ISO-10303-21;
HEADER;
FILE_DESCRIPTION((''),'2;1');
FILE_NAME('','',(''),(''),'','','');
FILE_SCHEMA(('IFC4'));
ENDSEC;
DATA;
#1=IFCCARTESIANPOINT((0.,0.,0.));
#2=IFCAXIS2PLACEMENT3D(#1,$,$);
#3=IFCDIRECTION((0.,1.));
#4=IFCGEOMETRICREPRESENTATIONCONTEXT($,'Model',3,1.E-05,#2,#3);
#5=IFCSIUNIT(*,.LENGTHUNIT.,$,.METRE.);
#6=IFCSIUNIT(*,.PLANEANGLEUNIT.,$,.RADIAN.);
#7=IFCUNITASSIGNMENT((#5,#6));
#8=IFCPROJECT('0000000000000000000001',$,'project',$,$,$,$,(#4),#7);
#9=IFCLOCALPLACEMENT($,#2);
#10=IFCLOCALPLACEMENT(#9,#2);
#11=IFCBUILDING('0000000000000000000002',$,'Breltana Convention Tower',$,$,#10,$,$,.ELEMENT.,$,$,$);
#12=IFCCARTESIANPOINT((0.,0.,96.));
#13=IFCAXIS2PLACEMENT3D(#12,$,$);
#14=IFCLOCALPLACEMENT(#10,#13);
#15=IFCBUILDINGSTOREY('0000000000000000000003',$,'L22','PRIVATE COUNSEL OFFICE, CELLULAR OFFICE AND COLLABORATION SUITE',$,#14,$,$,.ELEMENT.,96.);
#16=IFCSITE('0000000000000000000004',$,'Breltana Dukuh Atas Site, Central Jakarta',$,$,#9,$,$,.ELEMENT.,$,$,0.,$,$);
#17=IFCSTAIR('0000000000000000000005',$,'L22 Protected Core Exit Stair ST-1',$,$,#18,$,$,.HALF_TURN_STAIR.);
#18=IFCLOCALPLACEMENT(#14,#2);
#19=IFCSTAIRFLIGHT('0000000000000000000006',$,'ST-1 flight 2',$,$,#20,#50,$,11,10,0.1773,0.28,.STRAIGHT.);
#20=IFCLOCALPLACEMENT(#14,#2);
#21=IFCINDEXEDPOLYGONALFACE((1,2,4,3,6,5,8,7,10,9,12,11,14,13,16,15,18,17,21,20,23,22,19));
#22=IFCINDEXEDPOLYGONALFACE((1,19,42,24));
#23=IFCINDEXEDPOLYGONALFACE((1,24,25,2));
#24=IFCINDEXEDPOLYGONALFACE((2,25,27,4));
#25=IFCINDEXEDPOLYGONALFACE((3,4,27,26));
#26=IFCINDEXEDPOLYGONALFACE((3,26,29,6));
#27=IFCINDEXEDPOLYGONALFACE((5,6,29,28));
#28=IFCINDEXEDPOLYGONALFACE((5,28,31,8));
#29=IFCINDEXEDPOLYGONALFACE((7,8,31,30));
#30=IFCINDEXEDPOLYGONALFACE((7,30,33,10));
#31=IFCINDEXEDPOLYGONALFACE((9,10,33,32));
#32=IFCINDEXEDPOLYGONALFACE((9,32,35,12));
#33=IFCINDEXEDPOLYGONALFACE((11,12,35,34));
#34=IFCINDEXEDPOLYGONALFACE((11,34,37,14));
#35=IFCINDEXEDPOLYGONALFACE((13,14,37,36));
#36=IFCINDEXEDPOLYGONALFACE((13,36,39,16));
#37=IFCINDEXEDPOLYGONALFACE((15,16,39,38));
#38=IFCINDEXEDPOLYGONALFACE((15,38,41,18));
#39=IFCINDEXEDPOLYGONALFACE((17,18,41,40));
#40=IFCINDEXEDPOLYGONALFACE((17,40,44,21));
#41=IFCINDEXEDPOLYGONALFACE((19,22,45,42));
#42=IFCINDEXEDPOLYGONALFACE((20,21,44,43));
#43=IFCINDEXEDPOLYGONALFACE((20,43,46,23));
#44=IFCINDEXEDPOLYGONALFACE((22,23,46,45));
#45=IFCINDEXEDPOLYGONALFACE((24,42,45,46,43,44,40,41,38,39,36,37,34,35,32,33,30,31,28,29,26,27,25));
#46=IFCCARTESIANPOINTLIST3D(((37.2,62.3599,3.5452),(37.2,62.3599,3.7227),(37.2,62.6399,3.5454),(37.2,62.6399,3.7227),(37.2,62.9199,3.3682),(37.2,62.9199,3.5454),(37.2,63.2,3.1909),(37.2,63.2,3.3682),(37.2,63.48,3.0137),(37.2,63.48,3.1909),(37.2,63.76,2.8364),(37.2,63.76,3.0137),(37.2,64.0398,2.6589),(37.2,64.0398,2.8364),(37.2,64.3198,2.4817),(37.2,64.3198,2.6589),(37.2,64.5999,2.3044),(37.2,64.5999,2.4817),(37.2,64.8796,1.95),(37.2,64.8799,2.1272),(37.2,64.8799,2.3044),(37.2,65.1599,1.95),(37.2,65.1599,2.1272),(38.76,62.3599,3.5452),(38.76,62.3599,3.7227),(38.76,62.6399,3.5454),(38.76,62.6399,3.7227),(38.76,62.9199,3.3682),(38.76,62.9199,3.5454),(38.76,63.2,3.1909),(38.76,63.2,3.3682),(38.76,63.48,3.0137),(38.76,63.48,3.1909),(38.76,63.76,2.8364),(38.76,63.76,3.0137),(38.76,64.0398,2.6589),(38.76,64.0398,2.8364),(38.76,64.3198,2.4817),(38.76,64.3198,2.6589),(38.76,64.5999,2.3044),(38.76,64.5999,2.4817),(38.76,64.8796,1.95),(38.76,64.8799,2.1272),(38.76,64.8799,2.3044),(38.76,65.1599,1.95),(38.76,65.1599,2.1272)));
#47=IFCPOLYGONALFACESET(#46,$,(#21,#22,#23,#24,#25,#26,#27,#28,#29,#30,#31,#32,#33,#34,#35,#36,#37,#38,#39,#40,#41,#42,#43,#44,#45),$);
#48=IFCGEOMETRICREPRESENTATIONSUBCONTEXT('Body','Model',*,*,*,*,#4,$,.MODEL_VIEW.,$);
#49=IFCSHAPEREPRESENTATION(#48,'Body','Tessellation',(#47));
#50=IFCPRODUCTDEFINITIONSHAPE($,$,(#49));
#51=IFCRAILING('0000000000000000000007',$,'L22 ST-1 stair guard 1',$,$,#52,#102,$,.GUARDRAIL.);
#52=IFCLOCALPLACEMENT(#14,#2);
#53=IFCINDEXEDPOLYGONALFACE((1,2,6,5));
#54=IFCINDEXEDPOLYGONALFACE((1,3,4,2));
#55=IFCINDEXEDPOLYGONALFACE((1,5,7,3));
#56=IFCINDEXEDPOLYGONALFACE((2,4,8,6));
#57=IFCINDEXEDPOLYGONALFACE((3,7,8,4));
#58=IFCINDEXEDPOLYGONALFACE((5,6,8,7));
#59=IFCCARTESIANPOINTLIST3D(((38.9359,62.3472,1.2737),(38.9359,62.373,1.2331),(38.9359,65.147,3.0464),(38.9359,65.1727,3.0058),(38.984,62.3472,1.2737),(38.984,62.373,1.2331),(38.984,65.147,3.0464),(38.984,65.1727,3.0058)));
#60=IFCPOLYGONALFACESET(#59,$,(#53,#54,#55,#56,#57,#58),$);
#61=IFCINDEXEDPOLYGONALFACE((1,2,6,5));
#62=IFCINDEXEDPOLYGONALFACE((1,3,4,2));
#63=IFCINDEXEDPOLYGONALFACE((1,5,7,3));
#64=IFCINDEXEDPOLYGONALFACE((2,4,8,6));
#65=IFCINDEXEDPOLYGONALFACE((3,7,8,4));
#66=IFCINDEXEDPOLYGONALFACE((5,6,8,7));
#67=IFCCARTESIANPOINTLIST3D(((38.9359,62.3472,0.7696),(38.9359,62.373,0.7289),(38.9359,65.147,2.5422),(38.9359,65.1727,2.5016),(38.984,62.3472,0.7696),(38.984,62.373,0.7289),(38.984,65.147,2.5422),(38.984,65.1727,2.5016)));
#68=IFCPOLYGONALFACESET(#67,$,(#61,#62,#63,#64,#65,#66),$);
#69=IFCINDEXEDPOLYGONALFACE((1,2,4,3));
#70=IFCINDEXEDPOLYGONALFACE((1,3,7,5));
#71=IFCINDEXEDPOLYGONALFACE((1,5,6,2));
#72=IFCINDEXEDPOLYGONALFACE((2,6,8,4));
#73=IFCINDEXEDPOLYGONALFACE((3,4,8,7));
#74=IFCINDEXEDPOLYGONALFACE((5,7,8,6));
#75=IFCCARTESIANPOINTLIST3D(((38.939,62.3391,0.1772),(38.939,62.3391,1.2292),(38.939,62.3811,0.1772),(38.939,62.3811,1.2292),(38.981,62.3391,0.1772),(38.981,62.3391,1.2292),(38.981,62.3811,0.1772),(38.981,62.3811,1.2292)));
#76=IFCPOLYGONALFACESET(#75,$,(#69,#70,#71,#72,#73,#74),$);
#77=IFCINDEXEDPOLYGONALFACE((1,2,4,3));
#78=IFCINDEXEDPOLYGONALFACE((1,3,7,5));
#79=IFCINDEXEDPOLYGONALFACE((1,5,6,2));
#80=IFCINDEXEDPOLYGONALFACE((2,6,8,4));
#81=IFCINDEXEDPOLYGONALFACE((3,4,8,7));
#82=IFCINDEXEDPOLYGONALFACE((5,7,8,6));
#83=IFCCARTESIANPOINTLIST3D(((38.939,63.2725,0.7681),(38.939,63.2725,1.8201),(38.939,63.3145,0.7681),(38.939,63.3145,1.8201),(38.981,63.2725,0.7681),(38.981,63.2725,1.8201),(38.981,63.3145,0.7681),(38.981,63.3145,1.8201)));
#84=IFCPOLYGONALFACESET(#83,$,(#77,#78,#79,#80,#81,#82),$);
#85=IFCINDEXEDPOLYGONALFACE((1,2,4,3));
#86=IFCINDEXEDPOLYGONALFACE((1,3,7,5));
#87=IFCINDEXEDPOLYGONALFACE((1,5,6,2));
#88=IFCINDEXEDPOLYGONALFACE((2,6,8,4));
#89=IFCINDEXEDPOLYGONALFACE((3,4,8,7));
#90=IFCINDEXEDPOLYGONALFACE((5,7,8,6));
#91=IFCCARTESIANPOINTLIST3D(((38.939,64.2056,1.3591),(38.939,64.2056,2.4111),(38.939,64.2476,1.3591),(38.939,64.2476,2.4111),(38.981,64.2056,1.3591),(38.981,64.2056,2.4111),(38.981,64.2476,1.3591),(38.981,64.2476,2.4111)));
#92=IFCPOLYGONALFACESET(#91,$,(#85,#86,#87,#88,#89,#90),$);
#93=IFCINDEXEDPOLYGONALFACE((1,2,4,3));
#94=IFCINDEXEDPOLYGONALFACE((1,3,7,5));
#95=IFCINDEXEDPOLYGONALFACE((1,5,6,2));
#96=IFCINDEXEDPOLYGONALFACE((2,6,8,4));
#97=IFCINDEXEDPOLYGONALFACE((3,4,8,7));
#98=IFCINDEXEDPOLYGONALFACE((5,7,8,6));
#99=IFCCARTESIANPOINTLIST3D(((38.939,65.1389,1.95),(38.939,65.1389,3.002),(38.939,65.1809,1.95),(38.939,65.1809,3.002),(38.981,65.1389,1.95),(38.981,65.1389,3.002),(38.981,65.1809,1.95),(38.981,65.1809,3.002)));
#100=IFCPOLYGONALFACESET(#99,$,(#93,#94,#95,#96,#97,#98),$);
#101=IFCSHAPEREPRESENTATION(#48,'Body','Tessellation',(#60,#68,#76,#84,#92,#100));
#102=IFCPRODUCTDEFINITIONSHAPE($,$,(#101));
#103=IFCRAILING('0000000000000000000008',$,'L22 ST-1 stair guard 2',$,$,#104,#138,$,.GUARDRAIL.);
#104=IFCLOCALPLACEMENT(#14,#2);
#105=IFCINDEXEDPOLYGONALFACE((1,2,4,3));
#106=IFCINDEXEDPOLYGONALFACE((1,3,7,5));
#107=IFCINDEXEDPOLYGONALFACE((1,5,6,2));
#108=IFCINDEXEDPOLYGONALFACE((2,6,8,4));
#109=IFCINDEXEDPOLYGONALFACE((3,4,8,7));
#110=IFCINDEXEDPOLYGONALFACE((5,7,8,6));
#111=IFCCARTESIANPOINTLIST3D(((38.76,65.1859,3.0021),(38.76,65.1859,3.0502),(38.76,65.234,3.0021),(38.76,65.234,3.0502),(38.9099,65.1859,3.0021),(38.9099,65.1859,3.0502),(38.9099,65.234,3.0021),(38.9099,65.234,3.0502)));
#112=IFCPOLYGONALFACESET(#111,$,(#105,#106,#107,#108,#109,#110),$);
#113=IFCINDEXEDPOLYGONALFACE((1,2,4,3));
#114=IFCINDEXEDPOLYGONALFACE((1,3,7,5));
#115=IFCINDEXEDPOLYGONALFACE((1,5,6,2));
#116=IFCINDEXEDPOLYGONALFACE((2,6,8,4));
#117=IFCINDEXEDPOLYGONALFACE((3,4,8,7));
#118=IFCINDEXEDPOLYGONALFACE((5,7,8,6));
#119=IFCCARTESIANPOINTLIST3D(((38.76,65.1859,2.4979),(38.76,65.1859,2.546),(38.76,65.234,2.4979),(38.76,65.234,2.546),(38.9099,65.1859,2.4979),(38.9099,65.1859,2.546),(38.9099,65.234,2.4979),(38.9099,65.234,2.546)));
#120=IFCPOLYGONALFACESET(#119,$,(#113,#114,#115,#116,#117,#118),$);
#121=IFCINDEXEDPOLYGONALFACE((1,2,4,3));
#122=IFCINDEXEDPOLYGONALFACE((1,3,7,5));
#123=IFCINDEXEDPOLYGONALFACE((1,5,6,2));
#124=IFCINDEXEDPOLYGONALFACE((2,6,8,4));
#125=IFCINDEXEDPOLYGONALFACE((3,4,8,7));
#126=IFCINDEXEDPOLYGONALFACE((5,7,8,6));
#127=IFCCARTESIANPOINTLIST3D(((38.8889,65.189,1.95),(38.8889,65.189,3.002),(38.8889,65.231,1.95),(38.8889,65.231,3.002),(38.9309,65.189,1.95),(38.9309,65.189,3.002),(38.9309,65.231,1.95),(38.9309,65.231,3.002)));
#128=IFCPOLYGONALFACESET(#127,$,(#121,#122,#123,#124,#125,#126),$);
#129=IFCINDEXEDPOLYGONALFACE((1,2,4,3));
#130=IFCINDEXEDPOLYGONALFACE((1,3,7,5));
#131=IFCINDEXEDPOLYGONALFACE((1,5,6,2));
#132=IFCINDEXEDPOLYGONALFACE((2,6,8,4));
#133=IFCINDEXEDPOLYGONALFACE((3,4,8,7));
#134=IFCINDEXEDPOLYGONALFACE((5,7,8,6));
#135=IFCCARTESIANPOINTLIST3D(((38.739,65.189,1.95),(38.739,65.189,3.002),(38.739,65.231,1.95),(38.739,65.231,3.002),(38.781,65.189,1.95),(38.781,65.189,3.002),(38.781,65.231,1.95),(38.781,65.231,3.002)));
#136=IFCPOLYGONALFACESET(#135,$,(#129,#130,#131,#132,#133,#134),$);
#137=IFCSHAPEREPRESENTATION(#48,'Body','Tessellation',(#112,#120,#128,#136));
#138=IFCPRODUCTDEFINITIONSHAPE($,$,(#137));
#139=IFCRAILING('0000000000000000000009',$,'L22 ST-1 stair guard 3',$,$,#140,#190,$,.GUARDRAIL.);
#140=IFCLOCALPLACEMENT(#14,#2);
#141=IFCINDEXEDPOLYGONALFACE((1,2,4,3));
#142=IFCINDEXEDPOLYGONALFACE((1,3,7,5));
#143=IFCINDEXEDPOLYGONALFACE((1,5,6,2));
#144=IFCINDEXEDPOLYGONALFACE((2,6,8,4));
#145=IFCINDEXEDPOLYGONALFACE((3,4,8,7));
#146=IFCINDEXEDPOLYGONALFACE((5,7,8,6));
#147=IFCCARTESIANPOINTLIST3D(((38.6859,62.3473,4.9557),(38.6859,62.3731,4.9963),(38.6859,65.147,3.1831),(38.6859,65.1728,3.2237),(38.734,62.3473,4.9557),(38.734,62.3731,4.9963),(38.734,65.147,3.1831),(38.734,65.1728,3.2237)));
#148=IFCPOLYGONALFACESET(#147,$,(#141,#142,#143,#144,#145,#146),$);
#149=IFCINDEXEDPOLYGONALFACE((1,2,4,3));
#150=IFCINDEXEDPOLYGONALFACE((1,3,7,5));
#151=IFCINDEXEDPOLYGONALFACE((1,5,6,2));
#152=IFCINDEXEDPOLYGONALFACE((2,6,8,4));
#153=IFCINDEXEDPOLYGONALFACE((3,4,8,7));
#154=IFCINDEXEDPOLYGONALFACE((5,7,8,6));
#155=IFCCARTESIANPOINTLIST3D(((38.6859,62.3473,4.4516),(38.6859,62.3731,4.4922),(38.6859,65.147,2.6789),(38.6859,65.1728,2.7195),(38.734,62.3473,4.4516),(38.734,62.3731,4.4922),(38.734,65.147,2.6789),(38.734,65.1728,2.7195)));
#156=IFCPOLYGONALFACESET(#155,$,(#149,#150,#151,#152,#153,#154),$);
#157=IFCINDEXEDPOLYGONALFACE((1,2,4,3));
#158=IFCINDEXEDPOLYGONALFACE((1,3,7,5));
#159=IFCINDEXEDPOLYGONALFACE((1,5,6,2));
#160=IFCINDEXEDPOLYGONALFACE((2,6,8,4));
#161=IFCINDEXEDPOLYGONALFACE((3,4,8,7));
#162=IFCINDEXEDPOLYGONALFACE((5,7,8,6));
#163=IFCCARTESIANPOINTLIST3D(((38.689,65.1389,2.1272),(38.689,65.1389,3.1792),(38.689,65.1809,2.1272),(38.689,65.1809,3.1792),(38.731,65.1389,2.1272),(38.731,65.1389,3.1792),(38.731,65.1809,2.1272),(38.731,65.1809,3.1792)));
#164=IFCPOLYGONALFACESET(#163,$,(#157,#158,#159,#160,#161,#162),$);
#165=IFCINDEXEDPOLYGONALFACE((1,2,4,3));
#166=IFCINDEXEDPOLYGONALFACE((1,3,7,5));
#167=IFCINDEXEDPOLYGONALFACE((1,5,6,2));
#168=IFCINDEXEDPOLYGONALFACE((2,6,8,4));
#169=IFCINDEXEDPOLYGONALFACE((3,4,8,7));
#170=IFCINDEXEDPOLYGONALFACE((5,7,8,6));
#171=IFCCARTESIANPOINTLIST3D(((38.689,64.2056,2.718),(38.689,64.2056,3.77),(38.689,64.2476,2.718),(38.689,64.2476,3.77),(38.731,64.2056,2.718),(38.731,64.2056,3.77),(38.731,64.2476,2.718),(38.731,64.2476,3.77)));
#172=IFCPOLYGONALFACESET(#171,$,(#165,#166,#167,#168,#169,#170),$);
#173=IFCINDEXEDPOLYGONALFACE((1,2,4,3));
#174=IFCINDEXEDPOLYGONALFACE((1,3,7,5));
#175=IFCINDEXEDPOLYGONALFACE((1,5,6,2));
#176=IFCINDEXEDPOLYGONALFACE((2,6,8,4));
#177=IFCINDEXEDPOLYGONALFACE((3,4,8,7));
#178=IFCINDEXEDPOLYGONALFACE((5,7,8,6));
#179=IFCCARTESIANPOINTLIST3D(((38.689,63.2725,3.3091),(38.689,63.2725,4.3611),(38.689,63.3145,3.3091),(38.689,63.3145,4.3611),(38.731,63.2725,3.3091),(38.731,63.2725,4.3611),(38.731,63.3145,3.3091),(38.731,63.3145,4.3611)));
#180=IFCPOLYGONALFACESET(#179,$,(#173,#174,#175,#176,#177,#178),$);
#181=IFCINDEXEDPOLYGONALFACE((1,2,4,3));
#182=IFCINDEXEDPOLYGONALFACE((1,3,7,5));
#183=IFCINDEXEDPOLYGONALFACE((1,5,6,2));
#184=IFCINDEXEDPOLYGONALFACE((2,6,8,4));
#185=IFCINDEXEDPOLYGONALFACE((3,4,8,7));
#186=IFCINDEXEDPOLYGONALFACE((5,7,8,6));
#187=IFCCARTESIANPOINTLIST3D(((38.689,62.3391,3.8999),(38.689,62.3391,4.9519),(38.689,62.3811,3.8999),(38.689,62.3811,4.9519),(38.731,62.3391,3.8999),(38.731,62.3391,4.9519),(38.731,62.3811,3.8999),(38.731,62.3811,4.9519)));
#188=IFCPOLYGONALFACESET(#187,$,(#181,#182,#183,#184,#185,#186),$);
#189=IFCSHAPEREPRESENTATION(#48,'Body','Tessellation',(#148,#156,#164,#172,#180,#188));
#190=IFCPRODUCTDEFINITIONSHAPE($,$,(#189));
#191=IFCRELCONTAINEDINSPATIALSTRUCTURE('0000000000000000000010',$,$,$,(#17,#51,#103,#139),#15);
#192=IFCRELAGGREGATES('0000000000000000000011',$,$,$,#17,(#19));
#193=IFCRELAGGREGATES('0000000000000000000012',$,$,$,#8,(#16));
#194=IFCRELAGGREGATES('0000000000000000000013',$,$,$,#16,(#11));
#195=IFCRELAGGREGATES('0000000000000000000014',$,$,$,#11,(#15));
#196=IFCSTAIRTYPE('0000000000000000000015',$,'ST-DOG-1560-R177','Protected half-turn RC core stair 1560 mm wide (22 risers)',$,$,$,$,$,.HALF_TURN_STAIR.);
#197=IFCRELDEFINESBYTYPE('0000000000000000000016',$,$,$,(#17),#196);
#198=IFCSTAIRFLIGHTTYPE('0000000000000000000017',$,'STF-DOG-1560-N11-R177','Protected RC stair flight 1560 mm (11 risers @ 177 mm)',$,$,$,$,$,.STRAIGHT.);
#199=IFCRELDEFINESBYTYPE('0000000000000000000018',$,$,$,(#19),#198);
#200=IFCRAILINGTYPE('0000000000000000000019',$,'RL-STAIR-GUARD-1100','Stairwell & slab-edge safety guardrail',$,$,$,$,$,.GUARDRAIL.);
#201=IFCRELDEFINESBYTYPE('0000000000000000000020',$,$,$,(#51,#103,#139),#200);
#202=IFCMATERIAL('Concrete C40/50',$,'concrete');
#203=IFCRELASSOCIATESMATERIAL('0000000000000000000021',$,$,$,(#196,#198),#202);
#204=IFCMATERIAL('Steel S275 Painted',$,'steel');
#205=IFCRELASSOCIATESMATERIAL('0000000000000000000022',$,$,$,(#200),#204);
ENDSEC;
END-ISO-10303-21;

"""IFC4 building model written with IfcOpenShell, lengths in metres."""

from ifc_helpers import new_model, si_unit, direction, frame, origin, origin_2d, place, context, subcontext, project, spatial, polyline, rectangle, outline, extrude, material, type_object, element, aggregate, save


model = new_model("IFC4")

# Units and contexts
model_context = context("Model", 3, precision=1e-05, world=origin(), true_north=direction((0.0, 1.0)))
body_context = subcontext(model_context, "Body", "Model", "MODEL_VIEW")
ifc_project = project(units=[si_unit("LENGTHUNIT", "METRE"), si_unit("PLANEANGLEUNIT", "RADIAN")], contexts=[model_context])

# Site, building, storey
site_placement = place(None, origin())
site = spatial("IfcSite", under=ifc_project, at=site_placement, Name="Breltana Dukuh Atas Site, Central Jakarta", CompositionType="ELEMENT", RefElevation=0.0)
building_placement = place(site_placement, origin())
building = spatial("IfcBuilding", under=site, at=building_placement, Name="Breltana Convention Tower", CompositionType="ELEMENT")
storey_placement = place(building_placement, frame((0.0, 0.0, 96.0)))
storey = spatial("IfcBuildingStorey", under=building, at=storey_placement, Name="L22", Description="PRIVATE COUNSEL OFFICE, CELLULAR OFFICE AND COLLABORATION SUITE", CompositionType="ELEMENT", Elevation=96.0)

# Stair, stair flight
ifc_material_1 = material(Name="Concrete C40/50", Category="concrete")
stair_type = type_object("IfcStairType", Name="ST-DOG-1560-R177", Description="Protected half-turn RC core stair 1560 mm wide (22 risers)", PredefinedType="HALF_TURN_STAIR", material=ifc_material_1)
stair_placement = place(storey_placement, origin())
stair = element("IfcStair", 1, at=stair_placement, inside=storey, type_object=stair_type, Name="L22 Protected Core Exit Stair ST-1", PredefinedType="HALF_TURN_STAIR")
stair_flight_type = type_object("IfcStairFlightType", Name="STF-DOG-1560-N11-R177", Description="Protected RC stair flight 1560 mm (11 risers @ 177 mm)", PredefinedType="STRAIGHT", material=ifc_material_1)
stair_flight_1_placement = place(storey_placement, frame((37.98, 65.1599, 1.95), z_axis=(0.0, 0.0, 1.0), x_axis=(0.0, -1.0, 0.0)))
stair_flight_1 = element("IfcStairFlight", 2, at=stair_flight_1_placement, type_object=stair_flight_type, Name="ST-1 flight 2", NumberOfRisers=11, NumberOfTreads=10, PredefinedType="STRAIGHT", RiserHeight=0.1773, TreadLength=0.28, context=body_context, shape_type="SweptSolid", body=[
    extrude(outline(polyline([(0.0, 0.0), (0.0, 0.1772), (0.28, 0.1772), (0.28, 0.3545), (0.5601, 0.3545), (0.5601, 0.5317), (0.8401, 0.5317), (0.8401, 0.709), (1.1201, 0.709), (1.1201, 0.8865), (1.3999, 0.8865), (1.3999, 1.0637), (1.6799, 1.0637), (1.6799, 1.241), (1.96, 1.241), (1.96, 1.4182), (2.24, 1.4182), (2.24, 1.5955), (2.52, 1.5955), (2.52, 1.7727), (2.8, 1.7727), (2.8, 1.95), (2.8, 1.5952), (0.2803, 0.0), (0.0, 0.0)])), frame((0.0, 0.78, 0.0), z_axis=(0.0, -1.0, 0.0), x_axis=(1.0, 0.0, 0.0)), (0.0, 0.0, 1.0), 1.5601),
])
aggregate(stair, [stair_flight_1])

# Railings
ifc_material_2 = material(Name="Steel S275 Painted", Category="steel")
railing_type_1 = type_object("IfcRailingType", Name="RL-STAIR-GUARD-1100", Description="Stairwell & slab-edge safety guardrail", PredefinedType="GUARDRAIL", material=ifc_material_2)
railing_1_placement = place(storey_placement, frame((38.96, 62.3601, 0.1772)))
element("IfcRailing", 3, at=railing_1_placement, inside=storey, type_object=railing_type_1, Name="L22 ST-1 stair guard 1", PredefinedType="GUARDRAIL", context=body_context, shape_type="SweptSolid", body=[
    extrude(rectangle(XDim=0.0481, YDim=0.0481, at=origin_2d()), frame((0.0, 0.0, 1.0762), z_axis=(0.0, 0.844888, 0.534943), x_axis=(-1.0, 0.0, 0.0)), (0.0, 0.0, 1.0), 3.3137),
    extrude(rectangle(XDim=0.0481, YDim=0.0481, at=origin_2d()), frame((0.0, 0.0, 0.572), z_axis=(0.0, 0.844888, 0.534943), x_axis=(-1.0, 0.0, 0.0)), (0.0, 0.0, 1.0), 3.3137),
    extrude(rectangle(XDim=0.042, YDim=0.042, at=origin_2d()), origin(), (0.0, 0.0, 1.0), 1.052),
    extrude(rectangle(XDim=0.042, YDim=0.042, at=origin_2d()), frame((0.0, 0.9333, 0.5908)), (0.0, 0.0, 1.0), 1.052),
    extrude(rectangle(XDim=0.042, YDim=0.042, at=origin_2d()), frame((0.0, 1.8665, 1.1819)), (0.0, 0.0, 1.0), 1.052),
    extrude(rectangle(XDim=0.042, YDim=0.042, at=origin_2d()), frame((0.0, 2.7998, 1.7727)), (0.0, 0.0, 1.0), 1.052),
])
railing_2_placement = place(storey_placement, frame((38.9099, 65.21, 1.95)))
element("IfcRailing", 4, at=railing_2_placement, inside=storey, type_object=railing_type_1, Name="L22 ST-1 stair guard 2", PredefinedType="GUARDRAIL", context=body_context, shape_type="SweptSolid", body=[
    extrude(rectangle(XDim=0.0481, YDim=0.0481, at=origin_2d()), frame((0.0, 0.0, 1.0762), z_axis=(-1.0, 0.0, 0.0), x_axis=(0.0, -1.0, 0.0)), (0.0, 0.0, 1.0), 0.1499),
    extrude(rectangle(XDim=0.0481, YDim=0.0481, at=origin_2d()), frame((0.0, 0.0, 0.572), z_axis=(-1.0, 0.0, 0.0), x_axis=(0.0, -1.0, 0.0)), (0.0, 0.0, 1.0), 0.1499),
    extrude(rectangle(XDim=0.042, YDim=0.042, at=origin_2d()), origin(), (0.0, 0.0, 1.0), 1.052),
    extrude(rectangle(XDim=0.042, YDim=0.042, at=origin_2d()), frame((-0.1499, 0.0, 0.0)), (0.0, 0.0, 1.0), 1.052),
])
railing_3_placement = place(storey_placement, frame((38.71, 65.1599, 2.1272)))
element("IfcRailing", 5, at=railing_3_placement, inside=storey, type_object=railing_type_1, Name="L22 ST-1 stair guard 3", PredefinedType="GUARDRAIL", context=body_context, shape_type="SweptSolid", body=[
    extrude(rectangle(XDim=0.0481, YDim=0.0481, at=origin_2d()), frame((0.0, 0.0, 1.0762), z_axis=(0.0, -0.844888, 0.534943), x_axis=(1.0, 0.0, 0.0)), (0.0, 0.0, 1.0), 3.3137),
    extrude(rectangle(XDim=0.0481, YDim=0.0481, at=origin_2d()), frame((0.0, 0.0, 0.572), z_axis=(0.0, -0.844888, 0.534943), x_axis=(1.0, 0.0, 0.0)), (0.0, 0.0, 1.0), 3.3137),
    extrude(rectangle(XDim=0.042, YDim=0.042, at=origin_2d()), origin(), (0.0, 0.0, 1.0), 1.052),
    extrude(rectangle(XDim=0.042, YDim=0.042, at=origin_2d()), frame((0.0, -0.9333, 0.5908)), (0.0, 0.0, 1.0), 1.052),
    extrude(rectangle(XDim=0.042, YDim=0.042, at=origin_2d()), frame((0.0, -1.8665, 1.1819)), (0.0, 0.0, 1.0), 1.052),
    extrude(rectangle(XDim=0.042, YDim=0.042, at=origin_2d()), frame((0.0, -2.7998, 1.7727)), (0.0, 0.0, 1.0), 1.052),
])

save(model, "model.ifc")
